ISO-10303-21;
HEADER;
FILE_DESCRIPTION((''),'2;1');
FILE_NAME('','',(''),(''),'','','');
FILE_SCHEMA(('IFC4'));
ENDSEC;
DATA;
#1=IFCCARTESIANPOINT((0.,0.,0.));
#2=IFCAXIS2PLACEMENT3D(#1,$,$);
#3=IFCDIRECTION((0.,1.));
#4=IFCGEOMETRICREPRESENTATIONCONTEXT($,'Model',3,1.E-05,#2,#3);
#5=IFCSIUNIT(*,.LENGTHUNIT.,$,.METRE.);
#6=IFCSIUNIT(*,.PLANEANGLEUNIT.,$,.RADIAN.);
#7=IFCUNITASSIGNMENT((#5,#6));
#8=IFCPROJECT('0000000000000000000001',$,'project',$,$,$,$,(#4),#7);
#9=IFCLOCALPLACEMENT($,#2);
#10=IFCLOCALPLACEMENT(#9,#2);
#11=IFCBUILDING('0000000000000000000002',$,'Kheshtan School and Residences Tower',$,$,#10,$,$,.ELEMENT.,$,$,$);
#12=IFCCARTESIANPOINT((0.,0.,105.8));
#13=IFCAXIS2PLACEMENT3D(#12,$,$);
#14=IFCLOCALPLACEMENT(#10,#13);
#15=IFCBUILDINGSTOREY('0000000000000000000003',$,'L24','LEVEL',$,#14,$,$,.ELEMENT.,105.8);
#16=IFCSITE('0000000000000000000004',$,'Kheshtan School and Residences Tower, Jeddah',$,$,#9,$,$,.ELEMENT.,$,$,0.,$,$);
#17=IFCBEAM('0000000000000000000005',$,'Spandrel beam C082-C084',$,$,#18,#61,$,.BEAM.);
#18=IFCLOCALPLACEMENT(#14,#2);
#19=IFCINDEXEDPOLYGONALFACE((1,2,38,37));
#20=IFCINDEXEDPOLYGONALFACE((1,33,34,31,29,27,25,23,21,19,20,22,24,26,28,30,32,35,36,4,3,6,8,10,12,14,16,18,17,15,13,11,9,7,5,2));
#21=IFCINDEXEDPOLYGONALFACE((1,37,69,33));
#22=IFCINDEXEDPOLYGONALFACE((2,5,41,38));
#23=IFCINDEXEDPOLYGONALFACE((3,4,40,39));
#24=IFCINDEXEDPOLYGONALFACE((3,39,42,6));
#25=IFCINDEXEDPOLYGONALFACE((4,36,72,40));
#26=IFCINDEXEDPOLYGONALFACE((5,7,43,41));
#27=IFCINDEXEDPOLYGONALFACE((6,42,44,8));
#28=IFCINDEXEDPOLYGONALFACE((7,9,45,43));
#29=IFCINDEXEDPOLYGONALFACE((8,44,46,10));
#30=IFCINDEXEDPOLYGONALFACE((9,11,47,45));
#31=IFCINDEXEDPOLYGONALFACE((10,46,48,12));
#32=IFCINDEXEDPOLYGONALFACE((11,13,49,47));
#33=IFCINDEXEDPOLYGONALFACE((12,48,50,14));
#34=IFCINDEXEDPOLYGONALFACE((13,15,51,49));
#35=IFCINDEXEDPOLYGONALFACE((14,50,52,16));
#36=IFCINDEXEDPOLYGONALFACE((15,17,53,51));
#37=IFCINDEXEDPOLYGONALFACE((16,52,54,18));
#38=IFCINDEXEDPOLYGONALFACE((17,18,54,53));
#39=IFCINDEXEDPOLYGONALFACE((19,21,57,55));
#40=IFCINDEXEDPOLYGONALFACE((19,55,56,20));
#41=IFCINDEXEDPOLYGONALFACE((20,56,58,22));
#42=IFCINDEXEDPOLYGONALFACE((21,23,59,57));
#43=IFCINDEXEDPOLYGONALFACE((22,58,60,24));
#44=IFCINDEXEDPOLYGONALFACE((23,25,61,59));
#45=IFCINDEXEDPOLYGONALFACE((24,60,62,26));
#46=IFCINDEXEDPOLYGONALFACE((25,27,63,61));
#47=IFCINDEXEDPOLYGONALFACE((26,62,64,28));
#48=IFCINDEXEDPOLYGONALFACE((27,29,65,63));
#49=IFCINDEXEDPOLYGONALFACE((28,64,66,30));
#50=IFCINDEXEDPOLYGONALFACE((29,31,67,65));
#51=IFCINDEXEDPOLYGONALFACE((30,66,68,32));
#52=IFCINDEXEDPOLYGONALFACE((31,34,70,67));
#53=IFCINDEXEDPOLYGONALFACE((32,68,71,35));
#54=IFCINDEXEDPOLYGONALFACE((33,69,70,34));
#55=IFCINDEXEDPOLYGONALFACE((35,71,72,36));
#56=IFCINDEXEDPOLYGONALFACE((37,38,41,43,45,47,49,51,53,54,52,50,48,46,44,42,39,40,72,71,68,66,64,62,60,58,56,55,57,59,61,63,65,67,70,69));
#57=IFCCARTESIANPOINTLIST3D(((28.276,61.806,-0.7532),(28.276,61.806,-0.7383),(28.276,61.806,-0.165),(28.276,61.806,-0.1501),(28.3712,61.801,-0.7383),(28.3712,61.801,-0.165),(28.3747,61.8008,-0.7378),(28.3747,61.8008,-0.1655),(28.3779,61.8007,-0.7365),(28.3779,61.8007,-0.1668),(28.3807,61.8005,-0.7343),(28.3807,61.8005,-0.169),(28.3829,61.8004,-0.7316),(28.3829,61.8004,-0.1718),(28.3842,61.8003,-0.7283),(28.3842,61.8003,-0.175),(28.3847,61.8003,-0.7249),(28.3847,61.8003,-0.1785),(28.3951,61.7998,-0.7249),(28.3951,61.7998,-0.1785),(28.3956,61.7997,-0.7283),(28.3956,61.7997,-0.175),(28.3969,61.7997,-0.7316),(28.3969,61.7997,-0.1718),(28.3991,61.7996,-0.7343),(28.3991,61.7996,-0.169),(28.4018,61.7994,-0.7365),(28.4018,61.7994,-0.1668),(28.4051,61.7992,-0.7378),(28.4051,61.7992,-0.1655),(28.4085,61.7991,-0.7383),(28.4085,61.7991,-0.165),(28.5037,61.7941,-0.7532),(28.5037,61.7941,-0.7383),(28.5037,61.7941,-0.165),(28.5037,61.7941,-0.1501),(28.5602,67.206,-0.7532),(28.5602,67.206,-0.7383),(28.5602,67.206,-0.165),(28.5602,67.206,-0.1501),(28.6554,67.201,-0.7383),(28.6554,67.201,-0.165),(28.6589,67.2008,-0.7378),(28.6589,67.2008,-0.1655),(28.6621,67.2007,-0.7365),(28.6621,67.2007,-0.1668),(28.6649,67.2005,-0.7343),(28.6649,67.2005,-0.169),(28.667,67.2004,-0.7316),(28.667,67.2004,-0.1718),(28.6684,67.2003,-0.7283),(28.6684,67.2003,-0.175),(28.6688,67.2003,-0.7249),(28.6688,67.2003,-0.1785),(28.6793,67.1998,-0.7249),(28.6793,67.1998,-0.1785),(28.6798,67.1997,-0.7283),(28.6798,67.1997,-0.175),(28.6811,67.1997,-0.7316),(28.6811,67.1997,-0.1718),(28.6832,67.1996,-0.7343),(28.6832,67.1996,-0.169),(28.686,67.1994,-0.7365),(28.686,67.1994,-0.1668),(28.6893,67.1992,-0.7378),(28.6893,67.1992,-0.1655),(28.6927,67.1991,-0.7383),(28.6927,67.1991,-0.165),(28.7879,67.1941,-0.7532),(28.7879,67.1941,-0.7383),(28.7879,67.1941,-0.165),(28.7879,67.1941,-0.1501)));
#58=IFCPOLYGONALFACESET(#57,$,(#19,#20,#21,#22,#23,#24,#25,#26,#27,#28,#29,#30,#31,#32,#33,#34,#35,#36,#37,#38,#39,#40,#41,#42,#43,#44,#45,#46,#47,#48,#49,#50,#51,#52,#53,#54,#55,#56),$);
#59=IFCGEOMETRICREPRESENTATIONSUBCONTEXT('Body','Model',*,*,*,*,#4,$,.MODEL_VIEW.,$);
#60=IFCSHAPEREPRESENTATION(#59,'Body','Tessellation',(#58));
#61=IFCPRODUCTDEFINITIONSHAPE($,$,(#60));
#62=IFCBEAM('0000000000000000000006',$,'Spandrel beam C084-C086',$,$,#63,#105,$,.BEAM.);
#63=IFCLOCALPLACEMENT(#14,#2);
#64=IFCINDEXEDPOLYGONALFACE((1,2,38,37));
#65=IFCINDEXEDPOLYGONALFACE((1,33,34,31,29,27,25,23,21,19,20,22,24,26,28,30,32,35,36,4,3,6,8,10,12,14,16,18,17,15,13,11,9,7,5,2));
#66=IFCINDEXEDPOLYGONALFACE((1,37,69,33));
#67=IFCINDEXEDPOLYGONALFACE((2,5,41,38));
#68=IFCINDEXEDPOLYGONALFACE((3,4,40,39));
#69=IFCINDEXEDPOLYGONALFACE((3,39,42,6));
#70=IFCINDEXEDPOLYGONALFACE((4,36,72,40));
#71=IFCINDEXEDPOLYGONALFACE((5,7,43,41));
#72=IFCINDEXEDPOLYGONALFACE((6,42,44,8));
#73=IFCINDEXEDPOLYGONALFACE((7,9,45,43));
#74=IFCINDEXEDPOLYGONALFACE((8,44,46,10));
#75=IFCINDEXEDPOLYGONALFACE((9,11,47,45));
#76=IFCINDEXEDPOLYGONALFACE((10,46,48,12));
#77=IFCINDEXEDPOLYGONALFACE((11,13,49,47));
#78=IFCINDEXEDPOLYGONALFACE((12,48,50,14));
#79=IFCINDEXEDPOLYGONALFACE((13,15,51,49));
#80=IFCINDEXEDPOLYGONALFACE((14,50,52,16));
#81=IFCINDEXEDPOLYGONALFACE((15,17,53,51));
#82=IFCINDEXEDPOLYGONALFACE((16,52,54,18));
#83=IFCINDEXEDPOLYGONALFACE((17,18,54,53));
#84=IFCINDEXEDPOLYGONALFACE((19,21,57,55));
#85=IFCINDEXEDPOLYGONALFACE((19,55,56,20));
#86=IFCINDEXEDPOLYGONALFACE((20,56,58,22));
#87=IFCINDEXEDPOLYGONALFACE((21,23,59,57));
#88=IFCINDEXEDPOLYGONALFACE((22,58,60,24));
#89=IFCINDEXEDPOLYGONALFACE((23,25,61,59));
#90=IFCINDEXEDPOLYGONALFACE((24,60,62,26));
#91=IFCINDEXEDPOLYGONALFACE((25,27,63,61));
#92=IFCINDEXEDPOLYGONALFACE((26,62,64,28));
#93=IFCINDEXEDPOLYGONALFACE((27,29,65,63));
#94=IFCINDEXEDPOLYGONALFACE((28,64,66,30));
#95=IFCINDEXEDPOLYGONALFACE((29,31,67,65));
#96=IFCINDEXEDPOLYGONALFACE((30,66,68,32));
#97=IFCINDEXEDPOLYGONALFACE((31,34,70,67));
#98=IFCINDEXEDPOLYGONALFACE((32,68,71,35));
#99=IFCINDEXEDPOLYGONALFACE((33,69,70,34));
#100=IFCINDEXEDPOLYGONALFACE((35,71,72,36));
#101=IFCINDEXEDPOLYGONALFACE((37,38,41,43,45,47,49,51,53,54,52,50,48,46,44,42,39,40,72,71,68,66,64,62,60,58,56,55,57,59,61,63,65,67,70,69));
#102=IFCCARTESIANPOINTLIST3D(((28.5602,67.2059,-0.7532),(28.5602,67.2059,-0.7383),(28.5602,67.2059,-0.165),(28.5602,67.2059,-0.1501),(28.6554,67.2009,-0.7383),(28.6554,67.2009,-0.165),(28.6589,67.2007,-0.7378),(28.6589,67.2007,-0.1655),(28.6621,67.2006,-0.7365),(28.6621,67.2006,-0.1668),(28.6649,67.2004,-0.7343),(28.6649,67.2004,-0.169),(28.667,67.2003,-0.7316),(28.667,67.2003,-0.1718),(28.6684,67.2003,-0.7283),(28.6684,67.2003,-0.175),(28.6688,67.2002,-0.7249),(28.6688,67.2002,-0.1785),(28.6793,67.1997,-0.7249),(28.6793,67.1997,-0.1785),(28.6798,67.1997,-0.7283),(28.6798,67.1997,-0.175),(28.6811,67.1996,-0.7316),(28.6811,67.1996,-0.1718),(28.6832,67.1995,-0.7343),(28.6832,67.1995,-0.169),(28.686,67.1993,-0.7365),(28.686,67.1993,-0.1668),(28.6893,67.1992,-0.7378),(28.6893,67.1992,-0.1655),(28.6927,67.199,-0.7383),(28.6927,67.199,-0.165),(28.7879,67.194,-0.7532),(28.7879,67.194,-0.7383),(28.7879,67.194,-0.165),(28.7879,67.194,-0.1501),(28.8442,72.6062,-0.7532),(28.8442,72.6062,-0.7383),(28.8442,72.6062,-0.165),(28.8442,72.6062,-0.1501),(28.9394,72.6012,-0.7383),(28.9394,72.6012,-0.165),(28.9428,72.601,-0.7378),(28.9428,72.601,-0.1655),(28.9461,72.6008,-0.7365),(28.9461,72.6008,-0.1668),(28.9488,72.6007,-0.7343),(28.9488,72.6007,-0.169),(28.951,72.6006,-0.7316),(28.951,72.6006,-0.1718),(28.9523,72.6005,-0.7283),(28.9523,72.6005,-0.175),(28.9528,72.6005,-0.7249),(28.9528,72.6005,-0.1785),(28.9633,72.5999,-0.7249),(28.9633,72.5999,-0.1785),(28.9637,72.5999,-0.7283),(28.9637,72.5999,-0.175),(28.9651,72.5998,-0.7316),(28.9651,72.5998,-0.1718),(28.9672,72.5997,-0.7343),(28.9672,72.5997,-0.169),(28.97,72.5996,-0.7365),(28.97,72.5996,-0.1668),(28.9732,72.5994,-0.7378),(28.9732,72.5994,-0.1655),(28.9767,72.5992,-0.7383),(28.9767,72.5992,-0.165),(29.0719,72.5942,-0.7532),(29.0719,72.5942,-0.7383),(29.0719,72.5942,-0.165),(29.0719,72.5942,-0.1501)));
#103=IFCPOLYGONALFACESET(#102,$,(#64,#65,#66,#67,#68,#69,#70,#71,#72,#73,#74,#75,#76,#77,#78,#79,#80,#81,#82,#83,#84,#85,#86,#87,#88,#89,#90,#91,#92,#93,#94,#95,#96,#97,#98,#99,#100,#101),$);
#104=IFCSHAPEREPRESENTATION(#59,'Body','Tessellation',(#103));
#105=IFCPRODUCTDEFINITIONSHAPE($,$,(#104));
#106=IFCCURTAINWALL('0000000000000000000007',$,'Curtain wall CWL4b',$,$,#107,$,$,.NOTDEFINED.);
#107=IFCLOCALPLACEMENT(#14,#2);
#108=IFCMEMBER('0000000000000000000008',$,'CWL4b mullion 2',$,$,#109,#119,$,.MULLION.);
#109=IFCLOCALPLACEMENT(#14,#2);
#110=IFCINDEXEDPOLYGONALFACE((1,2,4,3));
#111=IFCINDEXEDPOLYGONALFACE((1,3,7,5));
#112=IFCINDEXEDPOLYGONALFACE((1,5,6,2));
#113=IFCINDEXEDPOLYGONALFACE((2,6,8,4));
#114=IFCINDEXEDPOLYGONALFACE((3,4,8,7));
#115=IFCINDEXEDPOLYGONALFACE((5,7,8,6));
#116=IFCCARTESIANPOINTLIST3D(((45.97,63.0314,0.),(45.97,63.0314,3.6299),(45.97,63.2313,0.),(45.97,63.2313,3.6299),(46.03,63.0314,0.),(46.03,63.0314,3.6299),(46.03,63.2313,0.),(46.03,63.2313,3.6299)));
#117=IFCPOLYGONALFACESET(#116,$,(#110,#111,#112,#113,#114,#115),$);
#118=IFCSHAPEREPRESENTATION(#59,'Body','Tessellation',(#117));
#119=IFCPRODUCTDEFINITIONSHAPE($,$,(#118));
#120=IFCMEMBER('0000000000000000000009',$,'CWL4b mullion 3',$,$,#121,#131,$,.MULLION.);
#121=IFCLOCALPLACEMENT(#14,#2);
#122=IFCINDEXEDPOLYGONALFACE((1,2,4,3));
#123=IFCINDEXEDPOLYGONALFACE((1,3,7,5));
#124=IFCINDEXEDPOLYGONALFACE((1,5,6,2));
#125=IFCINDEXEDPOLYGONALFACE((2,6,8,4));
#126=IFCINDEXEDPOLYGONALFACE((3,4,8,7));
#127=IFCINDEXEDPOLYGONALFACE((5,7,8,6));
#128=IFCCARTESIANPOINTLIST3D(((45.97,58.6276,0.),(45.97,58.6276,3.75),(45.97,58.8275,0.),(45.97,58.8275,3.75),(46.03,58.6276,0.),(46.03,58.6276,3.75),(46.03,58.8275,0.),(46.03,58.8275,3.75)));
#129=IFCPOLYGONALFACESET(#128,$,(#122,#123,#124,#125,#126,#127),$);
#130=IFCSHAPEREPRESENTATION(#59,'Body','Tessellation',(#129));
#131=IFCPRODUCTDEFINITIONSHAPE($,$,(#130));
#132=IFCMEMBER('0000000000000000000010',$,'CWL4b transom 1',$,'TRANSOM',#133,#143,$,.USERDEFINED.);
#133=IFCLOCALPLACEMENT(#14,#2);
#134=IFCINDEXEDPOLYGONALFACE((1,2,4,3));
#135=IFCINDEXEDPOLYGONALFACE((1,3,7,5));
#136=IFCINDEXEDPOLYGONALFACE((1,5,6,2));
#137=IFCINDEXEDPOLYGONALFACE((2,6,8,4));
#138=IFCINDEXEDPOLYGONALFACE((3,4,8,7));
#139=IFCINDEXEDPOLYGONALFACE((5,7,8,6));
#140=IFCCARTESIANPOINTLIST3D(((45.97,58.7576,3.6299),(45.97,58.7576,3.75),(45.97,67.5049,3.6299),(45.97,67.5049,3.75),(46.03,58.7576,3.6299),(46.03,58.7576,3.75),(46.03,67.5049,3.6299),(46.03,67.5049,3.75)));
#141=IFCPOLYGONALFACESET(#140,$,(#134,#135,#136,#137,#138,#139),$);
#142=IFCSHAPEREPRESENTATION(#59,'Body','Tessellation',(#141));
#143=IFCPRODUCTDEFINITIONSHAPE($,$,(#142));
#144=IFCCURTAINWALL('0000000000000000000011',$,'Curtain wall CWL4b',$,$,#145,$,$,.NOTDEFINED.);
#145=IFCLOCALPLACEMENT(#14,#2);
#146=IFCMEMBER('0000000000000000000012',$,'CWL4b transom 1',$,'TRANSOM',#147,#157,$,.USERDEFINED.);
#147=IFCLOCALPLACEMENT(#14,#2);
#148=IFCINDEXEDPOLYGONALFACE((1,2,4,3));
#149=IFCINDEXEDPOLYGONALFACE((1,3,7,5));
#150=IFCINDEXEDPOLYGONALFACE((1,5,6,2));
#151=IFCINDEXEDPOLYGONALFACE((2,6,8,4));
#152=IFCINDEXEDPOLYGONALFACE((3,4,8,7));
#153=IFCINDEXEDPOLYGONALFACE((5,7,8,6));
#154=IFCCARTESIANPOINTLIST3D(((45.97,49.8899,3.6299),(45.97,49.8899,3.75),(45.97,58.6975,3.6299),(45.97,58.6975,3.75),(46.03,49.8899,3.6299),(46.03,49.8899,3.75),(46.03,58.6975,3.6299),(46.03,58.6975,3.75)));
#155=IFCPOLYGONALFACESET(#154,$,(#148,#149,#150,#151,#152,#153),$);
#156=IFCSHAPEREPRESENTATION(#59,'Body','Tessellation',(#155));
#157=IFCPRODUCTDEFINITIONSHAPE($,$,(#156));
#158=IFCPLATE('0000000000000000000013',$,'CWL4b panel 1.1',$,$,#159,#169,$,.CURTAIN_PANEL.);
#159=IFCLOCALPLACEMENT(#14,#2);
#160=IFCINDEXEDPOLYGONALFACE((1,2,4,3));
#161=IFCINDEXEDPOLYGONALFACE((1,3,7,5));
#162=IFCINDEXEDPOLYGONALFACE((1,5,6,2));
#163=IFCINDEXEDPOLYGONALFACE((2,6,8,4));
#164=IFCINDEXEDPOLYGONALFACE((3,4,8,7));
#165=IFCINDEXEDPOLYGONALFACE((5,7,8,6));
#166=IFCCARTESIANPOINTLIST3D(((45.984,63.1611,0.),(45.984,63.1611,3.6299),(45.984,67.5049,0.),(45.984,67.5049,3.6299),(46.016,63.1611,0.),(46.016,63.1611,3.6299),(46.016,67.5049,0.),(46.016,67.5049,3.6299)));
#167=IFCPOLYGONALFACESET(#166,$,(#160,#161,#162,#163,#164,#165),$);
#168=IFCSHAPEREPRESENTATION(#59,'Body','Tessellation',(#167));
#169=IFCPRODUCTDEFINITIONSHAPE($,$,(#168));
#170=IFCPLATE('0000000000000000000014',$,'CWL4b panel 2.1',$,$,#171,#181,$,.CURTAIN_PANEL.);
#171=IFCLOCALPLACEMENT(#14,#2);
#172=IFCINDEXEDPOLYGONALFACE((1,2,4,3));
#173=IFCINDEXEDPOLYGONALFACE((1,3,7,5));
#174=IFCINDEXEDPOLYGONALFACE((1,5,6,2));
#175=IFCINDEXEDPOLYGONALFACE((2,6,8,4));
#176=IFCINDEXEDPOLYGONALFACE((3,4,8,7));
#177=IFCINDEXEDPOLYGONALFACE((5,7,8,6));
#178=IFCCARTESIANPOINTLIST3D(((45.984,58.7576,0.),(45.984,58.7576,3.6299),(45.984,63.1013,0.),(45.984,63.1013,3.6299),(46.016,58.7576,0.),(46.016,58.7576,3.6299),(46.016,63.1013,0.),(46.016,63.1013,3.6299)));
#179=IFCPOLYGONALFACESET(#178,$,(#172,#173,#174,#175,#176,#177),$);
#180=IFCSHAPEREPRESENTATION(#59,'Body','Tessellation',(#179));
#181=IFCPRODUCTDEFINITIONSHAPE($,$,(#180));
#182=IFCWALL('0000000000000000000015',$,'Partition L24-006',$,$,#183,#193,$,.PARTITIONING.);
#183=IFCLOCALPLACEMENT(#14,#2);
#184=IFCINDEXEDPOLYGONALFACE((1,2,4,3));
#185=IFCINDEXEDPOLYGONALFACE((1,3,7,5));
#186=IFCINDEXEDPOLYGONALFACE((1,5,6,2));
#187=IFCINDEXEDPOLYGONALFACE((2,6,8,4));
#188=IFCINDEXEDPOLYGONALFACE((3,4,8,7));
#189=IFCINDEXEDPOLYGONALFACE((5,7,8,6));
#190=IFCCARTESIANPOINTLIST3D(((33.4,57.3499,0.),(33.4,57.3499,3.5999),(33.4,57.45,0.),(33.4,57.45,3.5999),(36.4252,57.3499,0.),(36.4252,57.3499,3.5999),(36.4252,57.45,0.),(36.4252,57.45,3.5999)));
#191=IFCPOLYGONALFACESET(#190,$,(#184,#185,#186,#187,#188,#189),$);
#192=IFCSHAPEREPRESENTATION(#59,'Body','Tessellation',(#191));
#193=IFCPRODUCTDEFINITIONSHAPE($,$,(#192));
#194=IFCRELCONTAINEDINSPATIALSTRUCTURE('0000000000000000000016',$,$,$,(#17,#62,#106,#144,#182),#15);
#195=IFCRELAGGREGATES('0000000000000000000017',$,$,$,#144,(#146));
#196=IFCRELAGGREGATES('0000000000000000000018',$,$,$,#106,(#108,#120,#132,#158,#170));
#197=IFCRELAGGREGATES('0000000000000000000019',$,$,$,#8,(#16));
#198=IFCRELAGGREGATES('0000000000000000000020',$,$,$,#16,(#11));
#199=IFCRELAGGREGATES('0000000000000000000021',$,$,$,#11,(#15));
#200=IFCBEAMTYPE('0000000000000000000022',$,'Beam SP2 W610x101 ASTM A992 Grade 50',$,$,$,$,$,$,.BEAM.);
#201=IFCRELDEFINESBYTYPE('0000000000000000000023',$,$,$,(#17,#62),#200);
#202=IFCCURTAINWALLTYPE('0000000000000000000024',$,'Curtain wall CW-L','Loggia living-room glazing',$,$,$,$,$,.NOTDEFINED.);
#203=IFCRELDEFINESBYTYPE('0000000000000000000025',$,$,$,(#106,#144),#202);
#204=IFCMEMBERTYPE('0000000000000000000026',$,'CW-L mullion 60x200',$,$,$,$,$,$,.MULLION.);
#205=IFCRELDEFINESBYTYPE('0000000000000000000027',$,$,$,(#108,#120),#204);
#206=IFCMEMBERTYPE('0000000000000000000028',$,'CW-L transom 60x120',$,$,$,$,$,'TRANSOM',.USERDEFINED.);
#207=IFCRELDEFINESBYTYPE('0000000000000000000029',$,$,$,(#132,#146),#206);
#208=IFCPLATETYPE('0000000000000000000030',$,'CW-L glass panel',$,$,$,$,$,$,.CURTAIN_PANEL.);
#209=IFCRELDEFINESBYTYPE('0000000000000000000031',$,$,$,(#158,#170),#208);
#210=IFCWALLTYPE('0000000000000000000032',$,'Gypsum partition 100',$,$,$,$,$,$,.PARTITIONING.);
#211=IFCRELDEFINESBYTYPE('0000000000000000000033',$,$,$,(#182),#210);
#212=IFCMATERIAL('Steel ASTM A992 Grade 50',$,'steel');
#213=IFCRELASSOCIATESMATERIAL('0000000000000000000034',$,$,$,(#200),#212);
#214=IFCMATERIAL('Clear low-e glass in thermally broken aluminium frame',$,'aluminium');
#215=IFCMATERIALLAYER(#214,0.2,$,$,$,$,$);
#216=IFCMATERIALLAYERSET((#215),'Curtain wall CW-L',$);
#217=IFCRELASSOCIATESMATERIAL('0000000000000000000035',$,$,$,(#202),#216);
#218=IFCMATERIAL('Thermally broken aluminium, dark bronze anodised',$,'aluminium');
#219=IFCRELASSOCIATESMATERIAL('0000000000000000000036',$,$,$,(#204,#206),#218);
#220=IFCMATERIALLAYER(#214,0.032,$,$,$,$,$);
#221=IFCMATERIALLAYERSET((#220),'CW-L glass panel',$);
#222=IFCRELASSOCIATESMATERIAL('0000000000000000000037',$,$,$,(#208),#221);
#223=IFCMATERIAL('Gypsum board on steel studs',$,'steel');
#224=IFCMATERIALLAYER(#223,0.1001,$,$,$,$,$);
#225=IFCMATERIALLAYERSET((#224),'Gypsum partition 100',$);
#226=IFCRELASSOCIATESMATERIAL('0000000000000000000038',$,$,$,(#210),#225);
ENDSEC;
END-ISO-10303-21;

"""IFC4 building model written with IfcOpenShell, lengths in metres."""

from ifc_helpers import new_model, si_unit, direction, frame, frame_2d, origin, origin_2d, place, context, subcontext, project, spatial, rectangle, i_section, extrude, material, layer, layer_set, material_profile, profile_set, type_object, element, aggregate, save


model = new_model("IFC4")

# Units and contexts
model_context = context("Model", 3, precision=1e-05, world=origin(), true_north=direction((0.0, 1.0)))
body_context = subcontext(model_context, "Body", "Model", "MODEL_VIEW")
ifc_project = project(units=[si_unit("LENGTHUNIT", "METRE"), si_unit("PLANEANGLEUNIT", "RADIAN")], contexts=[model_context])

# Site, building, storey
site_placement = place(None, origin())
site = spatial("IfcSite", under=ifc_project, at=site_placement, Name="Kheshtan School and Residences Tower, Jeddah", CompositionType="ELEMENT", RefElevation=0.0)
building_placement = place(site_placement, origin())
building = spatial("IfcBuilding", under=site, at=building_placement, Name="Kheshtan School and Residences Tower", CompositionType="ELEMENT")
storey_placement = place(building_placement, frame((0.0, 0.0, 105.8)))
storey = spatial("IfcBuildingStorey", under=building, at=storey_placement, Name="L24", Description="LEVEL", CompositionType="ELEMENT", Elevation=105.8)

# Shared definitions
ifc_material_1 = material(Name="Steel ASTM A992 Grade 50", Category="steel")

# Beams
ifc_material_profile_1 = material_profile(ifc_material_1, i_section(OverallWidth=0.228, OverallDepth=0.603, WebThickness=0.0105, FlangeThickness=0.0149, FilletRadius=0.0134, at=origin_2d()), Name="W610x101")
ifc_profile_set_1 = profile_set([ifc_material_profile_1], Name="Steel ASTM A992 Grade 50")
beam_type_1 = type_object("IfcBeamType", Name="Beam SP2 W610x101 ASTM A992 Grade 50", PredefinedType="BEAM", material=ifc_profile_set_1)
beam_1_placement = place(storey_placement, frame((28.3899, 61.8, -0.4517), z_axis=(0.052554, 0.998618, 0.0), x_axis=(-0.998618, 0.052554, 0.0)))
element("IfcBeam", 1, at=beam_1_placement, inside=storey, type_object=beam_type_1, Name="Spandrel beam C082-C084", PredefinedType="BEAM", context=body_context, shape_type="SweptSolid", body=[
    extrude(i_section(OverallWidth=0.228, OverallDepth=0.603, WebThickness=0.0105, FlangeThickness=0.0149, FilletRadius=0.0134, at=origin_2d()), origin(), (0.0, 0.0, 1.0), 5.4075),
])
beam_2_placement = place(storey_placement, frame((28.6741, 67.2, -0.4517), z_axis=(0.052507, 0.998621, 0.0), x_axis=(-0.998621, 0.052507, 0.0)))
element("IfcBeam", 2, at=beam_2_placement, inside=storey, type_object=beam_type_1, Name="Spandrel beam C084-C086", PredefinedType="BEAM", context=body_context, shape_type="SweptSolid", body=[
    extrude(i_section(OverallWidth=0.228, OverallDepth=0.603, WebThickness=0.0105, FlangeThickness=0.0149, FilletRadius=0.0134, at=origin_2d()), origin(), (0.0, 0.0, 1.0), 5.4077),
])

# Curtain wall, members
ifc_material_2 = material(Name="Clear low-e glass in thermally broken aluminium frame", Category="aluminium")
ifc_layer_1 = layer(ifc_material_2, 0.2)
ifc_layer_set_1 = layer_set([ifc_layer_1], Name="Curtain wall CW-L")
curtain_wall_type = type_object("IfcCurtainWallType", Name="Curtain wall CW-L", Description="Loggia living-room glazing", PredefinedType="NOTDEFINED", material=ifc_layer_set_1)
curtain_wall_1_placement = place(storey_placement, origin())
curtain_wall_1 = element("IfcCurtainWall", 3, at=curtain_wall_1_placement, inside=storey, type_object=curtain_wall_type, Name="Curtain wall CWL4b", PredefinedType="NOTDEFINED")
ifc_material_3 = material(Name="Thermally broken aluminium, dark bronze anodised", Category="aluminium")
ifc_material_profile_2 = material_profile(ifc_material_3, rectangle(XDim=0.0601, YDim=0.2, at=origin_2d()), Name="CW-L mullion 60x200")
ifc_profile_set_2 = profile_set([ifc_material_profile_2], Name="Thermally broken aluminium, dark bronze anodised")
member_type_1 = type_object("IfcMemberType", Name="CW-L mullion 60x200", PredefinedType="MULLION", material=ifc_profile_set_2)
member_1_placement = place(storey_placement, frame((46.0, 63.1313, 0.0), z_axis=(0.0, 0.0, 1.0), x_axis=(1.0, 0.0, 0.0)))
member_1 = element("IfcMember", 4, at=member_1_placement, type_object=member_type_1, Name="CWL4b mullion 2", PredefinedType="MULLION", context=body_context, shape_type="SweptSolid", body=[
    extrude(rectangle(XDim=0.0601, YDim=0.2, at=origin_2d()), origin(), (0.0, 0.0, 1.0), 3.6299),
])
member_2_placement = place(storey_placement, frame((46.0, 58.7275, 0.0), z_axis=(0.0, 0.0, 1.0), x_axis=(1.0, 0.0, 0.0)))
member_2 = element("IfcMember", 5, at=member_2_placement, type_object=member_type_1, Name="CWL4b mullion 3", PredefinedType="MULLION", context=body_context, shape_type="SweptSolid", body=[
    extrude(rectangle(XDim=0.0601, YDim=0.2, at=origin_2d()), origin(), (0.0, 0.0, 1.0), 3.75),
])
ifc_material_profile_3 = material_profile(ifc_material_3, rectangle(XDim=0.0601, YDim=0.1201, at=origin_2d()), Name="CW-L transom 60x120")
ifc_profile_set_3 = profile_set([ifc_material_profile_3], Name="Thermally broken aluminium, dark bronze anodised")
member_type_2 = type_object("IfcMemberType", Name="CW-L transom 60x120", ElementType="TRANSOM", PredefinedType="USERDEFINED", material=ifc_profile_set_3)
member_3_placement = place(storey_placement, frame((46.0, 67.5049, 3.6899), z_axis=(0.0, -1.0, 0.0), x_axis=(1.0, 0.0, 0.0)))
member_3 = element("IfcMember", 6, at=member_3_placement, type_object=member_type_2, Name="CWL4b transom 1", ObjectType="TRANSOM", PredefinedType="USERDEFINED", context=body_context, shape_type="SweptSolid", body=[
    extrude(rectangle(XDim=0.0601, YDim=0.1201, at=origin_2d()), origin(), (0.0, 0.0, 1.0), 8.7473),
])

# Curtain wall, member
curtain_wall_2_placement = place(storey_placement, origin())
curtain_wall_2 = element("IfcCurtainWall", 7, at=curtain_wall_2_placement, inside=storey, type_object=curtain_wall_type, Name="Curtain wall CWL4b", PredefinedType="NOTDEFINED")
member_4_placement = place(storey_placement, frame((46.0, 58.6975, 3.6899), z_axis=(0.0, -1.0, 0.0), x_axis=(1.0, 0.0, 0.0)))
member_4 = element("IfcMember", 8, at=member_4_placement, type_object=member_type_2, Name="CWL4b transom 1", ObjectType="TRANSOM", PredefinedType="USERDEFINED", context=body_context, shape_type="SweptSolid", body=[
    extrude(rectangle(XDim=0.0601, YDim=0.1201, at=origin_2d()), origin(), (0.0, 0.0, 1.0), 8.8076),
])
aggregate(curtain_wall_2, [member_4])

# Plates
ifc_layer_2 = layer(ifc_material_2, 0.032)
ifc_layer_set_2 = layer_set([ifc_layer_2], Name="CW-L glass panel")
plate_type = type_object("IfcPlateType", Name="CW-L glass panel", PredefinedType="CURTAIN_PANEL", material=ifc_layer_set_2)
plate_1_placement = place(storey_placement, frame((46.0, 65.333, 0.0), z_axis=(0.0, 0.0, 1.0), x_axis=(0.0, -1.0, 0.0)))
plate_1 = element("IfcPlate", 9, at=plate_1_placement, type_object=plate_type, Name="CWL4b panel 1.1", PredefinedType="CURTAIN_PANEL", context=body_context, shape_type="SweptSolid", body=[
    extrude(rectangle(XDim=4.3438, YDim=0.032, at=origin_2d()), origin(), (0.0, 0.0, 1.0), 3.6299),
])
plate_2_placement = place(storey_placement, frame((46.0, 60.9294, 0.0), z_axis=(0.0, 0.0, 1.0), x_axis=(0.0, -1.0, 0.0)))
plate_2 = element("IfcPlate", 10, at=plate_2_placement, type_object=plate_type, Name="CWL4b panel 2.1", PredefinedType="CURTAIN_PANEL", context=body_context, shape_type="SweptSolid", body=[
    extrude(rectangle(XDim=4.3438, YDim=0.032, at=origin_2d()), origin(), (0.0, 0.0, 1.0), 3.6299),
])
aggregate(curtain_wall_1, [member_1, member_2, member_3, plate_1, plate_2])

# Wall
ifc_material_4 = material(Name="Gypsum board on steel studs", Category="steel")
ifc_layer_3 = layer(ifc_material_4, 0.1001)
ifc_layer_set_3 = layer_set([ifc_layer_3], Name="Gypsum partition 100")
wall_type_1 = type_object("IfcWallType", Name="Gypsum partition 100", PredefinedType="PARTITIONING", material=ifc_layer_set_3)
wall_1_placement = place(storey_placement, frame((33.3999, 57.3999, 0.0), z_axis=(0.0, 0.0, 1.0), x_axis=(1.0, 0.0, 0.0)))
element("IfcWall", 11, at=wall_1_placement, inside=storey, type_object=wall_type_1, Name="Partition L24-006", PredefinedType="PARTITIONING", context=body_context, shape_type="SweptSolid", body=[
    extrude(rectangle(XDim=3.0251, YDim=0.1001, at=frame_2d((1.5127, 0.0))), origin(), (0.0, 0.0, 1.0), 3.5999),
])

save(model, "model.ifc")
